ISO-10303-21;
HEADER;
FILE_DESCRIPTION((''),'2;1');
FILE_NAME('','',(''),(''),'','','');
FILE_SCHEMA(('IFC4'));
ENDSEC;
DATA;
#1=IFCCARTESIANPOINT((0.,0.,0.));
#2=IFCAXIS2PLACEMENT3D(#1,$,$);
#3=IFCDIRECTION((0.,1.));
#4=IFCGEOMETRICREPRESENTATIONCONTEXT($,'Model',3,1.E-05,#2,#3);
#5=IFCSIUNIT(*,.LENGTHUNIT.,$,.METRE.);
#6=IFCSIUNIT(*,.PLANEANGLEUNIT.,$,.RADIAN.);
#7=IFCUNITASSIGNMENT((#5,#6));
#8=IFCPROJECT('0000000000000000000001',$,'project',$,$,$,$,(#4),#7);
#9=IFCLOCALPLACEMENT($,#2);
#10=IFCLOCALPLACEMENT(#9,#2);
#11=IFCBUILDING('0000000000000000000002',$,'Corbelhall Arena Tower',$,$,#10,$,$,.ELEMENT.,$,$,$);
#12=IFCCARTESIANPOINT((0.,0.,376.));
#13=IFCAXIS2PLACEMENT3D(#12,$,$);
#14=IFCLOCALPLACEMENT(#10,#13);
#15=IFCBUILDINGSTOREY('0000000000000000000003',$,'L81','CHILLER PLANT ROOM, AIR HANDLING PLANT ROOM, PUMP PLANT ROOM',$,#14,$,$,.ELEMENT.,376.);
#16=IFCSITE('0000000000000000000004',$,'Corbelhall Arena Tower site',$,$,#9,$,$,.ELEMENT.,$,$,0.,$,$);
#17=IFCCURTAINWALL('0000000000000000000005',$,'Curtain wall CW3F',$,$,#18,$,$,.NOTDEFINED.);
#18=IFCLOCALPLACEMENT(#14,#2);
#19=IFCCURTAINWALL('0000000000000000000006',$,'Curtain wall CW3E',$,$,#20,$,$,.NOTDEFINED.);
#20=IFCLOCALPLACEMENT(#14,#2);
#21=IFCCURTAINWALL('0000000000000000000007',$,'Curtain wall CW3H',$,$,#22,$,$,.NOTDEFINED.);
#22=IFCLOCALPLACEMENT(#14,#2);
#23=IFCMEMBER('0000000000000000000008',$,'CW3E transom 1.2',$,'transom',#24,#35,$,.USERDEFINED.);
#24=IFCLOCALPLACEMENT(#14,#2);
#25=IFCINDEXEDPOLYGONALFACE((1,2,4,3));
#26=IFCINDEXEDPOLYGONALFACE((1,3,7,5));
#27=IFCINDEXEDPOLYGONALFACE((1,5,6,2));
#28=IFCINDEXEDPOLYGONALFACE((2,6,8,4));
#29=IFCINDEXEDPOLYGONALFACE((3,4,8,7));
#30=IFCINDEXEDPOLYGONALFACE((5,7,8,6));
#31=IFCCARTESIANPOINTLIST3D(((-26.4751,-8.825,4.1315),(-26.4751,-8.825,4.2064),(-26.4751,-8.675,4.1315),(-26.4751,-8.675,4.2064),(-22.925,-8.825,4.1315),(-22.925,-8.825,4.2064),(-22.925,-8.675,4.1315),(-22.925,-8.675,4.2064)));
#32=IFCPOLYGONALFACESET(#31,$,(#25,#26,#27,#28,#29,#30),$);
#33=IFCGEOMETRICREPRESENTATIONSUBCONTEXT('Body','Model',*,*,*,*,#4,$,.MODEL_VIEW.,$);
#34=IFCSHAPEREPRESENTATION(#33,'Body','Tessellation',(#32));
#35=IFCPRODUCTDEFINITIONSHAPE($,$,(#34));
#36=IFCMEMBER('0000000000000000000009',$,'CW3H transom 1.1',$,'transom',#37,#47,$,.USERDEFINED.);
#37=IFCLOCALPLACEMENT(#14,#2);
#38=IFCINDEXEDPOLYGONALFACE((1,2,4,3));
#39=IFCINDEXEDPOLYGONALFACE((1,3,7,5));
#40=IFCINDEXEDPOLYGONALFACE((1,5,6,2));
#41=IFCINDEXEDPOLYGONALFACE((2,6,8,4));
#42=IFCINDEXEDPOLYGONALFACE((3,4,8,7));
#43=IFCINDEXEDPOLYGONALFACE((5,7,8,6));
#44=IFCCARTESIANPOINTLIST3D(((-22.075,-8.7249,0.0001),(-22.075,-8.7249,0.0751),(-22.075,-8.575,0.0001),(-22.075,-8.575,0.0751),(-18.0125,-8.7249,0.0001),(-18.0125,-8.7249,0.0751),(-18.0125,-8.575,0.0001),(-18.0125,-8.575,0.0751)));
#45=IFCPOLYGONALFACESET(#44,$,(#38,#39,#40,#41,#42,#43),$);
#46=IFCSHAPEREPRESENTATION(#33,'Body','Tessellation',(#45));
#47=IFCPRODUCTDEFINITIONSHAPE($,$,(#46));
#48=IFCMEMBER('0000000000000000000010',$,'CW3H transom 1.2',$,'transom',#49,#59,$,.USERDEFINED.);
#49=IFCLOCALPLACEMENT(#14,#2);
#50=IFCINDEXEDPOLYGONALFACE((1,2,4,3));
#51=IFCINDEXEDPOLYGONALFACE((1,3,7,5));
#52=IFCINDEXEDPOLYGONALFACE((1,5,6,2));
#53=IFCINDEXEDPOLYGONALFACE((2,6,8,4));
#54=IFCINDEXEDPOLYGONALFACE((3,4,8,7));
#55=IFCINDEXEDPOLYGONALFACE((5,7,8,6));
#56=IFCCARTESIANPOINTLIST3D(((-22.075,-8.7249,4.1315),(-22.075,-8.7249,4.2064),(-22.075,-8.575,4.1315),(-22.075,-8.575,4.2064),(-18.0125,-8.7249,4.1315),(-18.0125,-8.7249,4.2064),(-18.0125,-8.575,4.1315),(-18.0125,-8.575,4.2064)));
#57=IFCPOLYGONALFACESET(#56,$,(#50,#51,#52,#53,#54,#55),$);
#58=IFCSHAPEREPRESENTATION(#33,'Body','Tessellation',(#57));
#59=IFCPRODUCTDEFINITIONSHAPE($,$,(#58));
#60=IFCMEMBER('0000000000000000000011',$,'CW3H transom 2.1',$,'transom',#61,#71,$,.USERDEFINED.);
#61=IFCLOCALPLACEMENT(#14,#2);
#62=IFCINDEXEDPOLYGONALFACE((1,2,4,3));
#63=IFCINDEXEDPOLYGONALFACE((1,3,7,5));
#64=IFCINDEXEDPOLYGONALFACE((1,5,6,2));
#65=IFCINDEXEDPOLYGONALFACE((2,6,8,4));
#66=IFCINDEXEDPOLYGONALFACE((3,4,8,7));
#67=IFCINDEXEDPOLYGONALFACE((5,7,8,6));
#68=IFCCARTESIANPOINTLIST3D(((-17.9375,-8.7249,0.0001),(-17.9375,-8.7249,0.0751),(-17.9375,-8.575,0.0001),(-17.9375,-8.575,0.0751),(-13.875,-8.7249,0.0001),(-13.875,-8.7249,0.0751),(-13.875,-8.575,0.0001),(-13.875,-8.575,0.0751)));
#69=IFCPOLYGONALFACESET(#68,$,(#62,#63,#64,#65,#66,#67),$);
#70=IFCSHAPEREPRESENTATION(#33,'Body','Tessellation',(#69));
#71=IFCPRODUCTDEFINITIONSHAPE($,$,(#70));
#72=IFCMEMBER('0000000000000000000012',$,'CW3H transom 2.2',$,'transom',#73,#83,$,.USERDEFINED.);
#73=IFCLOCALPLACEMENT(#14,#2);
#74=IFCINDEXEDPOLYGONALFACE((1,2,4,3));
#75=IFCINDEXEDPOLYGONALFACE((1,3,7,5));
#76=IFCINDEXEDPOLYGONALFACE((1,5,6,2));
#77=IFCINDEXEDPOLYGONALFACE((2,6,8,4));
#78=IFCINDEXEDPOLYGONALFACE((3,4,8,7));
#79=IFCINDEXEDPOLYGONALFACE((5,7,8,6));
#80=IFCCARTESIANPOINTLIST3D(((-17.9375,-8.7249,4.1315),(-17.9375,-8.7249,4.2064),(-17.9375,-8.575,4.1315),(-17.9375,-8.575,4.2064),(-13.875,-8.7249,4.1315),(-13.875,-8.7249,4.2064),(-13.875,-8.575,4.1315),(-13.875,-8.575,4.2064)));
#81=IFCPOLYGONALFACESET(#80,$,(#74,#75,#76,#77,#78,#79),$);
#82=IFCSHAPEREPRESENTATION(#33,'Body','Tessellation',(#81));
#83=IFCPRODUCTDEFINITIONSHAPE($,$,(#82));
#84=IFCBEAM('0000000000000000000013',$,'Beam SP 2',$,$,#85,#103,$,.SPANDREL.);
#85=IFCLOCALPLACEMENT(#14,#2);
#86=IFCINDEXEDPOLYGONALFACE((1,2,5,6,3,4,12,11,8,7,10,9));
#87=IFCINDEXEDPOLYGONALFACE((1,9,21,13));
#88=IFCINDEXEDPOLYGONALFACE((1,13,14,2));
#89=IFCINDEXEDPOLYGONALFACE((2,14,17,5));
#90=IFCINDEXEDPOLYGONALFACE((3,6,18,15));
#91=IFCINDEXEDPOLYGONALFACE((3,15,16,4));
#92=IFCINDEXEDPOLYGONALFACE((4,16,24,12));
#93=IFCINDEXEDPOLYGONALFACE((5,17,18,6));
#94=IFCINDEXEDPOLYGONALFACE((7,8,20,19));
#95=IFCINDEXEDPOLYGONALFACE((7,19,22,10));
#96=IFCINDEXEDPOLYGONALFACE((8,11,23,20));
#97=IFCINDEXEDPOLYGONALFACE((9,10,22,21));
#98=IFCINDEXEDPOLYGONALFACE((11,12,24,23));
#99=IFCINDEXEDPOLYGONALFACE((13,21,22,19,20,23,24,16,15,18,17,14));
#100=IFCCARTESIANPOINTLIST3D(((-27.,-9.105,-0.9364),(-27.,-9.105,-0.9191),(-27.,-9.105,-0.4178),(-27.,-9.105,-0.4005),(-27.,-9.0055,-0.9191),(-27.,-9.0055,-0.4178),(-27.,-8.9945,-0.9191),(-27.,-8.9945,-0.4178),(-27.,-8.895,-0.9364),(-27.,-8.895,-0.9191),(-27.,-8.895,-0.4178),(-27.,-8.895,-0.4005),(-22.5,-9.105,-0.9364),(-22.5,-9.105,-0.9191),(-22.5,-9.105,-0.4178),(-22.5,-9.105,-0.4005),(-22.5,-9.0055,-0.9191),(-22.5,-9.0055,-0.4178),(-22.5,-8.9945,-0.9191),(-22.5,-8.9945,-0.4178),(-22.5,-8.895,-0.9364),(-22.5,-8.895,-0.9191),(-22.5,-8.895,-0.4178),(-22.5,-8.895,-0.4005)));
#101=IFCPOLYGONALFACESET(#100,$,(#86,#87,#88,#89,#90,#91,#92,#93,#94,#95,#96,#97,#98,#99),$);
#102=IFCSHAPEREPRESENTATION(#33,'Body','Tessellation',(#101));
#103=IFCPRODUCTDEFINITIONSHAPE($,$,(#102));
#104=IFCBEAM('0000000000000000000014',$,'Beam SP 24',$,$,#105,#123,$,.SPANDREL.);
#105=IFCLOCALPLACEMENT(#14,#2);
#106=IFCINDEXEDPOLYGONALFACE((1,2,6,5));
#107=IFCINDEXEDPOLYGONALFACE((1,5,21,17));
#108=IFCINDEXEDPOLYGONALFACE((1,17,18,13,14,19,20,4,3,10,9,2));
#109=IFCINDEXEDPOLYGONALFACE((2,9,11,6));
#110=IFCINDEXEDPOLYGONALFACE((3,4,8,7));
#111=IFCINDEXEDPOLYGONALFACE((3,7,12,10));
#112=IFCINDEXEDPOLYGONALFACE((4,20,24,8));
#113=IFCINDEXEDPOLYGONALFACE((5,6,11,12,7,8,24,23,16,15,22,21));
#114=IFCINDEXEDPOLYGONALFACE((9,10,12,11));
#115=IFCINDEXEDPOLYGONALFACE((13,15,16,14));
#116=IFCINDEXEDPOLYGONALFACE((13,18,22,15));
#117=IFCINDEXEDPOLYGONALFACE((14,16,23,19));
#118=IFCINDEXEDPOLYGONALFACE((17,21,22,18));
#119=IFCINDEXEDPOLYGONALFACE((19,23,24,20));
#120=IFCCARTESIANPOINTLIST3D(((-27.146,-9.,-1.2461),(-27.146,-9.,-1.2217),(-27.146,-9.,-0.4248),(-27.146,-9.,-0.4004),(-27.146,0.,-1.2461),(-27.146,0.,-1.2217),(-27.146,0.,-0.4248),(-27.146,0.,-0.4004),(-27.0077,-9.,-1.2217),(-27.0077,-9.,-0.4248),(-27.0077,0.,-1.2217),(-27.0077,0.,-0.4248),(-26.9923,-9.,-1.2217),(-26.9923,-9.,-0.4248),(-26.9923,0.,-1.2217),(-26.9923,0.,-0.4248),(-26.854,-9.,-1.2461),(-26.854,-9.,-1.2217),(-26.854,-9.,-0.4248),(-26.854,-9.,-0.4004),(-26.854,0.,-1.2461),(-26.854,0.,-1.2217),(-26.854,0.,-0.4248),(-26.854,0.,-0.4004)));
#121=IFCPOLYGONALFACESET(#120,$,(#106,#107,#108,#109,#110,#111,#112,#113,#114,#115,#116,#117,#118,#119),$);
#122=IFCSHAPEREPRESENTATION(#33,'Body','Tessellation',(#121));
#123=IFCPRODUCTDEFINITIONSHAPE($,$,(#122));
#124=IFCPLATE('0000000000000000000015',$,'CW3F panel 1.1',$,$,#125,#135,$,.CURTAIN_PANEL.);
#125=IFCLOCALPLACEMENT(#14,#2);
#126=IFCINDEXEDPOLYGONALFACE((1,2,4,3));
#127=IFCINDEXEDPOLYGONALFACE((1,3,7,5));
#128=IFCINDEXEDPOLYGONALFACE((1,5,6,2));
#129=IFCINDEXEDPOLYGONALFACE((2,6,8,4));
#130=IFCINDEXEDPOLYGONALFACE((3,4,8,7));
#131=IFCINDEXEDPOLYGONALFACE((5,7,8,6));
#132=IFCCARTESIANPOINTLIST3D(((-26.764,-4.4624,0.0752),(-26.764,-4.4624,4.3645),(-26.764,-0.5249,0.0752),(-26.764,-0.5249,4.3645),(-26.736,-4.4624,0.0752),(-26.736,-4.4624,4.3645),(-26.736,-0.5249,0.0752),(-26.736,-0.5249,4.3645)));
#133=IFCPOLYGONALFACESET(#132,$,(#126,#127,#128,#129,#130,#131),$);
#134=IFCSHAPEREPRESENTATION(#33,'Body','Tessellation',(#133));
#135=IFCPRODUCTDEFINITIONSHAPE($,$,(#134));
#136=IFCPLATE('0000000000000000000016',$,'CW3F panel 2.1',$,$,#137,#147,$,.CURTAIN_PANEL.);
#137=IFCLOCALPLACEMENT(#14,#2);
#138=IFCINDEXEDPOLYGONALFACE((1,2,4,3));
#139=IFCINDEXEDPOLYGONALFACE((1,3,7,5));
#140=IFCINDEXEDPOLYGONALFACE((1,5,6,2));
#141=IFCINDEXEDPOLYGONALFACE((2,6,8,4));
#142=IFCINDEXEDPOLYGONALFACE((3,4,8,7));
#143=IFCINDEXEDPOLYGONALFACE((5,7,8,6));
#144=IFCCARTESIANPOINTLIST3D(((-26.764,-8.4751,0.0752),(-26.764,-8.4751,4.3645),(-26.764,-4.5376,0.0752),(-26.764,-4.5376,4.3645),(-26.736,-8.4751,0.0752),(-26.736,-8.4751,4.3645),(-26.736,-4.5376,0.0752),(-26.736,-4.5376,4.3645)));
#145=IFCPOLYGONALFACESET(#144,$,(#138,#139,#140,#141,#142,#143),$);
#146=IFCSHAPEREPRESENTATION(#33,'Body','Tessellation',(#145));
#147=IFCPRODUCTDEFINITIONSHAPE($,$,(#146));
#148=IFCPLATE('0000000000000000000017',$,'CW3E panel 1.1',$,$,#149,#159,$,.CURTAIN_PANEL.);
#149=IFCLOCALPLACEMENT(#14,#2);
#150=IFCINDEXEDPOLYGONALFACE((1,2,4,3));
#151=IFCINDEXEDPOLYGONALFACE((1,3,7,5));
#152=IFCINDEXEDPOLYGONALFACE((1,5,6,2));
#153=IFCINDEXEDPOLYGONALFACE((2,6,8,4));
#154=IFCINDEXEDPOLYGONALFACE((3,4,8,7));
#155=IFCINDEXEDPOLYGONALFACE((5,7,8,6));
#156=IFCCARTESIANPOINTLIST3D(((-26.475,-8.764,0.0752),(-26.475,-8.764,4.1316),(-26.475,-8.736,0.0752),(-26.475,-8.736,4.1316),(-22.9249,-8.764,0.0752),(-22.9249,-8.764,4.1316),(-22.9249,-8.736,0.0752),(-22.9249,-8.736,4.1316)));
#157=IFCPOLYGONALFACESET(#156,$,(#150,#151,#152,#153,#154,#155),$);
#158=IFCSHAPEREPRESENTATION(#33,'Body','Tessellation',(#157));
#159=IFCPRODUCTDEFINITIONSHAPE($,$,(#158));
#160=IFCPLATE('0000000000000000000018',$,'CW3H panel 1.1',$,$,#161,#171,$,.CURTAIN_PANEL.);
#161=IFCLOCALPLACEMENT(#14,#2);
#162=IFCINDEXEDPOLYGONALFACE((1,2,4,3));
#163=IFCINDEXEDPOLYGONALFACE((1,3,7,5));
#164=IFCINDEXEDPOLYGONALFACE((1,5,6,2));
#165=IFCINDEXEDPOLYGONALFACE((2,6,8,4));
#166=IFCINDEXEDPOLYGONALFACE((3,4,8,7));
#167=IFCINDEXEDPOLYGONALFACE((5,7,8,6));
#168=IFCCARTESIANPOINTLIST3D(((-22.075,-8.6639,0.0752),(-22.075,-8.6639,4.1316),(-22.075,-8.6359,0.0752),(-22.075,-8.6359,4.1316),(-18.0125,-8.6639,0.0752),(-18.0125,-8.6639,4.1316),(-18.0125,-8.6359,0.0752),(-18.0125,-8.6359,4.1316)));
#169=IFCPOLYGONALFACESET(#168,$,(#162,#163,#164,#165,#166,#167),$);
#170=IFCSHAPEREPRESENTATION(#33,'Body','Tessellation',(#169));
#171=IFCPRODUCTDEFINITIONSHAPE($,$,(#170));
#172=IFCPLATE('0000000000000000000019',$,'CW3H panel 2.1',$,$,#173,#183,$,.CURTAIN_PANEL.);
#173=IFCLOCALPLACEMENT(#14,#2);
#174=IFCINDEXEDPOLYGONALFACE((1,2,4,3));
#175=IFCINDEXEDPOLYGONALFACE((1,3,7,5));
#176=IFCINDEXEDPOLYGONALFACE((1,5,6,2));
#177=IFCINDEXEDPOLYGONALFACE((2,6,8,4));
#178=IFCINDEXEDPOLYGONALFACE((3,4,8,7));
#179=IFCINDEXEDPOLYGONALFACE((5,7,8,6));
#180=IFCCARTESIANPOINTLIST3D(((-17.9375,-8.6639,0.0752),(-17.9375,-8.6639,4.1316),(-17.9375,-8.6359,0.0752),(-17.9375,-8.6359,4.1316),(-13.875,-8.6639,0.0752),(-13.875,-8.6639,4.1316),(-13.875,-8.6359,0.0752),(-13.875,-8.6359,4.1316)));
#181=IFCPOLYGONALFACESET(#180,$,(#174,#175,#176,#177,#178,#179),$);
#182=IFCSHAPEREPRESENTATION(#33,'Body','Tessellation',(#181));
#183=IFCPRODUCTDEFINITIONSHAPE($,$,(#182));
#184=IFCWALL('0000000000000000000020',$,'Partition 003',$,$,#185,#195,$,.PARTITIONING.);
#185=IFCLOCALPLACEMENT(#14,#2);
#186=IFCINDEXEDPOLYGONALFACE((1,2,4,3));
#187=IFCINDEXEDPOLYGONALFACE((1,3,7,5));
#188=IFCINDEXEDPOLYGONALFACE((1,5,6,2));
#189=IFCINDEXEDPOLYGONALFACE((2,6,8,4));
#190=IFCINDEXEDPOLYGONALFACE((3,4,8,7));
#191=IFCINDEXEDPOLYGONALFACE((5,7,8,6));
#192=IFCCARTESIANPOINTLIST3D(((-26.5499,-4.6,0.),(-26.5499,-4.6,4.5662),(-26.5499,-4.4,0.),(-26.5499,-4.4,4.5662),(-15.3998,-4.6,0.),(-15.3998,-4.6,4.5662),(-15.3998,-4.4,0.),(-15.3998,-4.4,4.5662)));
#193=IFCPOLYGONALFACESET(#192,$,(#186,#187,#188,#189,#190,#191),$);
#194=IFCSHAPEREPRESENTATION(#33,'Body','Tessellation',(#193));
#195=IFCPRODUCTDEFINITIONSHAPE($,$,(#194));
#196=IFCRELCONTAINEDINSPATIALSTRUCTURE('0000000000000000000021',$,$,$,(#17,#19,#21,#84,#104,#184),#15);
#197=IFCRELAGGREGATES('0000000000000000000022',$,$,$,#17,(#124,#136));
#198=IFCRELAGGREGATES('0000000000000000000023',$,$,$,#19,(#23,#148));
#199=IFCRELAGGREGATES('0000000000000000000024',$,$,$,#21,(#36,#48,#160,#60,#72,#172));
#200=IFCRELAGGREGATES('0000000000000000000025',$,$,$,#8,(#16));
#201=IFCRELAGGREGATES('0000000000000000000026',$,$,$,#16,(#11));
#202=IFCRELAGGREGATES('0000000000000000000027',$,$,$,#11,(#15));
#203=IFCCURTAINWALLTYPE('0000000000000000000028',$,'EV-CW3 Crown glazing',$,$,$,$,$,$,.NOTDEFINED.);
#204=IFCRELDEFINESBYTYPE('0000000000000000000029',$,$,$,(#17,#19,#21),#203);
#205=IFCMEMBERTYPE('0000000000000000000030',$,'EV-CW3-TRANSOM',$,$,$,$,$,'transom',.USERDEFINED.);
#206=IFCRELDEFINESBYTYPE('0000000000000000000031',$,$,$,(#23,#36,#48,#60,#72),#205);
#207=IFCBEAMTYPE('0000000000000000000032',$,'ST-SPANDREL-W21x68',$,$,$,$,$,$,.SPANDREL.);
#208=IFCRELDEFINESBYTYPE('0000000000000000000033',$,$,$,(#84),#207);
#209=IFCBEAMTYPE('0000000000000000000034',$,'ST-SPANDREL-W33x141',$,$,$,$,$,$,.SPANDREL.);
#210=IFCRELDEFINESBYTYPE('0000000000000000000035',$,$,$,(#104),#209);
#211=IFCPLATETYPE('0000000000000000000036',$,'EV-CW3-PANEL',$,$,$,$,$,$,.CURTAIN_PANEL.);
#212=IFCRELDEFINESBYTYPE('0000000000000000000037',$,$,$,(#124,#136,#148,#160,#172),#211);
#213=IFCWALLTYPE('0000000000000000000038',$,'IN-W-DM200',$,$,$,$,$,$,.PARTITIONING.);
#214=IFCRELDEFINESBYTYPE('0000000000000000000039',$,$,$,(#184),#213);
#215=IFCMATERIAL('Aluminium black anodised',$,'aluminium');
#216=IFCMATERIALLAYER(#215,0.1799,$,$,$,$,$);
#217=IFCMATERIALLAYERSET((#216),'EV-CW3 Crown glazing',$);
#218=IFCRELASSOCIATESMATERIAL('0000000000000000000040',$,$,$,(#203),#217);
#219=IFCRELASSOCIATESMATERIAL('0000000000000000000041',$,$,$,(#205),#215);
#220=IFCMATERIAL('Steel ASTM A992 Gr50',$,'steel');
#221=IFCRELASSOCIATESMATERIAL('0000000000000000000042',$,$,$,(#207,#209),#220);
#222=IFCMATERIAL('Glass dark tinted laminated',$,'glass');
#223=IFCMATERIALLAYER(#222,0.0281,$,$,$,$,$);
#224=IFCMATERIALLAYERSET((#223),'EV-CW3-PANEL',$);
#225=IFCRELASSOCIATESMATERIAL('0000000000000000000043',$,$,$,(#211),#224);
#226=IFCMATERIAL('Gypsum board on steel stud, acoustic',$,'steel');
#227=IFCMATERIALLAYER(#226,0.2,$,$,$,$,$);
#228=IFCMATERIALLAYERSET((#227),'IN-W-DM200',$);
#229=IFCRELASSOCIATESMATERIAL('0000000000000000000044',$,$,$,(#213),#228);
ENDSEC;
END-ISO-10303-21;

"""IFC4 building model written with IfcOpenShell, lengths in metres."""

from ifc_helpers import new_model, si_unit, direction, frame, frame_2d, origin, origin_2d, place, context, subcontext, project, spatial, rectangle, i_section, extrude, material, layer, layer_set, material_profile, profile_set, type_object, element, aggregate, save


model = new_model("IFC4")

# Units and contexts
model_context = context("Model", 3, precision=1e-05, world=origin(), true_north=direction((0.0, 1.0)))
body_context = subcontext(model_context, "Body", "Model", "MODEL_VIEW")
ifc_project = project(units=[si_unit("LENGTHUNIT", "METRE"), si_unit("PLANEANGLEUNIT", "RADIAN")], contexts=[model_context])

# Site, building, storey
site_placement = place(None, origin())
site = spatial("IfcSite", under=ifc_project, at=site_placement, Name="Corbelhall Arena Tower site", CompositionType="ELEMENT", RefElevation=0.0)
building_placement = place(site_placement, origin())
building = spatial("IfcBuilding", under=site, at=building_placement, Name="Corbelhall Arena Tower", CompositionType="ELEMENT")
storey_placement = place(building_placement, frame((0.0, 0.0, 376.0)))
storey = spatial("IfcBuildingStorey", under=building, at=storey_placement, Name="L81", Description="CHILLER PLANT ROOM, AIR HANDLING PLANT ROOM, PUMP PLANT ROOM", CompositionType="ELEMENT", Elevation=376.0)

# Curtain walls
ifc_material_1 = material(Name="Aluminium black anodised", Category="aluminium")
ifc_layer_1 = layer(ifc_material_1, 0.1799)
ifc_layer_set_1 = layer_set([ifc_layer_1], Name="EV-CW3 Crown glazing")
curtain_wall_type = type_object("IfcCurtainWallType", Name="EV-CW3 Crown glazing", PredefinedType="NOTDEFINED", material=ifc_layer_set_1)
curtain_wall_1_placement = place(storey_placement, origin())
curtain_wall_1 = element("IfcCurtainWall", 1, at=curtain_wall_1_placement, inside=storey, type_object=curtain_wall_type, Name="Curtain wall CW3F", PredefinedType="NOTDEFINED")
curtain_wall_2_placement = place(storey_placement, origin())
curtain_wall_2 = element("IfcCurtainWall", 2, at=curtain_wall_2_placement, inside=storey, type_object=curtain_wall_type, Name="Curtain wall CW3E", PredefinedType="NOTDEFINED")
curtain_wall_3_placement = place(storey_placement, origin())
curtain_wall_3 = element("IfcCurtainWall", 3, at=curtain_wall_3_placement, inside=storey, type_object=curtain_wall_type, Name="Curtain wall CW3H", PredefinedType="NOTDEFINED")

# Members
ifc_material_profile_1 = material_profile(ifc_material_1, rectangle(XDim=0.1499, YDim=0.075, at=origin_2d()))
ifc_profile_set_1 = profile_set([ifc_material_profile_1], Name="Aluminium black anodised")
member_type_1 = type_object("IfcMemberType", Name="EV-CW3-TRANSOM", ElementType="transom", PredefinedType="USERDEFINED", material=ifc_profile_set_1)
member_1_placement = place(storey_placement, frame((-26.4751, -8.75, 4.1689), z_axis=(1.0, 0.0, 0.0), x_axis=(0.0, 1.0, 0.0)))
member_1 = element("IfcMember", 4, at=member_1_placement, type_object=member_type_1, Name="CW3E transom 1.2", ObjectType="transom", PredefinedType="USERDEFINED", context=body_context, shape_type="SweptSolid", body=[
    extrude(rectangle(XDim=0.1499, YDim=0.075, at=origin_2d()), origin(), (0.0, 0.0, 1.0), 3.55),
])
member_2_placement = place(storey_placement, frame((-22.075, -8.6499, 0.0376), z_axis=(1.0, 0.0, 0.0), x_axis=(0.0, 1.0, 0.0)))
member_2 = element("IfcMember", 5, at=member_2_placement, type_object=member_type_1, Name="CW3H transom 1.1", ObjectType="transom", PredefinedType="USERDEFINED", context=body_context, shape_type="SweptSolid", body=[
    extrude(rectangle(XDim=0.1499, YDim=0.075, at=origin_2d()), origin(), (0.0, 0.0, 1.0), 4.0625),
])
member_3_placement = place(storey_placement, frame((-22.075, -8.6499, 4.1689), z_axis=(1.0, 0.0, 0.0), x_axis=(0.0, 1.0, 0.0)))
member_3 = element("IfcMember", 6, at=member_3_placement, type_object=member_type_1, Name="CW3H transom 1.2", ObjectType="transom", PredefinedType="USERDEFINED", context=body_context, shape_type="SweptSolid", body=[
    extrude(rectangle(XDim=0.1499, YDim=0.075, at=origin_2d()), origin(), (0.0, 0.0, 1.0), 4.0625),
])
member_4_placement = place(storey_placement, frame((-17.9375, -8.6499, 0.0376), z_axis=(1.0, 0.0, 0.0), x_axis=(0.0, 1.0, 0.0)))
member_4 = element("IfcMember", 7, at=member_4_placement, type_object=member_type_1, Name="CW3H transom 2.1", ObjectType="transom", PredefinedType="USERDEFINED", context=body_context, shape_type="SweptSolid", body=[
    extrude(rectangle(XDim=0.1499, YDim=0.075, at=origin_2d()), origin(), (0.0, 0.0, 1.0), 4.0625),
])
member_5_placement = place(storey_placement, frame((-17.9375, -8.6499, 4.1689), z_axis=(1.0, 0.0, 0.0), x_axis=(0.0, 1.0, 0.0)))
member_5 = element("IfcMember", 8, at=member_5_placement, type_object=member_type_1, Name="CW3H transom 2.2", ObjectType="transom", PredefinedType="USERDEFINED", context=body_context, shape_type="SweptSolid", body=[
    extrude(rectangle(XDim=0.1499, YDim=0.075, at=origin_2d()), origin(), (0.0, 0.0, 1.0), 4.0625),
])

# Beams
ifc_material_2 = material(Name="Steel ASTM A992 Gr50", Category="steel")
ifc_material_profile_2 = material_profile(ifc_material_2, i_section(OverallWidth=0.21, OverallDepth=0.5359, WebThickness=0.011, FlangeThickness=0.0173, at=origin_2d()))
ifc_profile_set_2 = profile_set([ifc_material_profile_2], Name="Steel ASTM A992 Gr50")
beam_type_1 = type_object("IfcBeamType", Name="ST-SPANDREL-W21x68", PredefinedType="SPANDREL", material=ifc_profile_set_2)
beam_1_placement = place(storey_placement, frame((-22.5, -9.0, -0.6685), z_axis=(-1.0, 0.0, 0.0), x_axis=(0.0, -1.0, 0.0)))
element("IfcBeam", 9, at=beam_1_placement, inside=storey, type_object=beam_type_1, Name="Beam SP 2", PredefinedType="SPANDREL", context=body_context, shape_type="SweptSolid", body=[
    extrude(i_section(OverallWidth=0.21, OverallDepth=0.5359, WebThickness=0.011, FlangeThickness=0.0173, at=origin_2d()), origin(), (0.0, 0.0, 1.0), 4.5),
])
ifc_material_profile_3 = material_profile(ifc_material_2, i_section(OverallWidth=0.292, OverallDepth=0.8457, WebThickness=0.0154, FlangeThickness=0.0244, at=origin_2d()))
ifc_profile_set_3 = profile_set([ifc_material_profile_3], Name="Steel ASTM A992 Gr50")
beam_type_2 = type_object("IfcBeamType", Name="ST-SPANDREL-W33x141", PredefinedType="SPANDREL", material=ifc_profile_set_3)
beam_2_placement = place(storey_placement, frame((-27.0, -9.0, -0.8232), z_axis=(0.0, 1.0, 0.0), x_axis=(-1.0, 0.0, 0.0)))
element("IfcBeam", 10, at=beam_2_placement, inside=storey, type_object=beam_type_2, Name="Beam SP 24", PredefinedType="SPANDREL", context=body_context, shape_type="SweptSolid", body=[
    extrude(i_section(OverallWidth=0.292, OverallDepth=0.8457, WebThickness=0.0154, FlangeThickness=0.0244, at=origin_2d()), origin(), (0.0, 0.0, 1.0), 9.0),
])

# Plates
ifc_material_3 = material(Name="Glass dark tinted laminated", Category="glass")
ifc_layer_2 = layer(ifc_material_3, 0.0281)
ifc_layer_set_2 = layer_set([ifc_layer_2], Name="EV-CW3-PANEL")
plate_type = type_object("IfcPlateType", Name="EV-CW3-PANEL", PredefinedType="CURTAIN_PANEL", material=ifc_layer_set_2)
plate_1_placement = place(storey_placement, frame((-26.75, -2.4937, 0.0752), z_axis=(0.0, 0.0, 1.0), x_axis=(0.0, -1.0, 0.0)))
plate_1 = element("IfcPlate", 11, at=plate_1_placement, type_object=plate_type, Name="CW3F panel 1.1", PredefinedType="CURTAIN_PANEL", context=body_context, shape_type="SweptSolid", body=[
    extrude(rectangle(XDim=3.9375, YDim=0.0281, at=origin_2d()), origin(), (0.0, 0.0, 1.0), 4.2893),
])
plate_2_placement = place(storey_placement, frame((-26.75, -6.5063, 0.0752), z_axis=(0.0, 0.0, 1.0), x_axis=(0.0, -1.0, 0.0)))
plate_2 = element("IfcPlate", 12, at=plate_2_placement, type_object=plate_type, Name="CW3F panel 2.1", PredefinedType="CURTAIN_PANEL", context=body_context, shape_type="SweptSolid", body=[
    extrude(rectangle(XDim=3.9375, YDim=0.0281, at=origin_2d()), origin(), (0.0, 0.0, 1.0), 4.2893),
])
aggregate(curtain_wall_1, [plate_1, plate_2])
plate_3_placement = place(storey_placement, frame((-24.7, -8.75, 0.0752), z_axis=(0.0, 0.0, 1.0), x_axis=(1.0, 0.0, 0.0)))
plate_3 = element("IfcPlate", 13, at=plate_3_placement, type_object=plate_type, Name="CW3E panel 1.1", PredefinedType="CURTAIN_PANEL", context=body_context, shape_type="SweptSolid", body=[
    extrude(rectangle(XDim=3.55, YDim=0.0281, at=origin_2d()), origin(), (0.0, 0.0, 1.0), 4.0564),
])
aggregate(curtain_wall_2, [member_1, plate_3])
plate_4_placement = place(storey_placement, frame((-20.0437, -8.6499, 0.0752), z_axis=(0.0, 0.0, 1.0), x_axis=(1.0, 0.0, 0.0)))
plate_4 = element("IfcPlate", 14, at=plate_4_placement, type_object=plate_type, Name="CW3H panel 1.1", PredefinedType="CURTAIN_PANEL", context=body_context, shape_type="SweptSolid", body=[
    extrude(rectangle(XDim=4.0625, YDim=0.0281, at=origin_2d()), origin(), (0.0, 0.0, 1.0), 4.0564),
])
plate_5_placement = place(storey_placement, frame((-15.9062, -8.6499, 0.0752), z_axis=(0.0, 0.0, 1.0), x_axis=(1.0, 0.0, 0.0)))
plate_5 = element("IfcPlate", 15, at=plate_5_placement, type_object=plate_type, Name="CW3H panel 2.1", PredefinedType="CURTAIN_PANEL", context=body_context, shape_type="SweptSolid", body=[
    extrude(rectangle(XDim=4.0625, YDim=0.0281, at=origin_2d()), origin(), (0.0, 0.0, 1.0), 4.0564),
])
aggregate(curtain_wall_3, [member_2, member_3, plate_4, member_4, member_5, plate_5])

# Wall
ifc_material_4 = material(Name="Gypsum board on steel stud, acoustic", Category="steel")
ifc_layer_3 = layer(ifc_material_4, 0.2)
ifc_layer_set_3 = layer_set([ifc_layer_3], Name="IN-W-DM200")
wall_type = type_object("IfcWallType", Name="IN-W-DM200", PredefinedType="PARTITIONING", material=ifc_layer_set_3)
wall_placement = place(storey_placement, frame((-26.55, -4.5, 0.0), z_axis=(0.0, 0.0, 1.0), x_axis=(1.0, 0.0, 0.0)))
element("IfcWall", 16, at=wall_placement, inside=storey, type_object=wall_type, Name="Partition 003", PredefinedType="PARTITIONING", context=body_context, shape_type="SweptSolid", body=[
    extrude(rectangle(XDim=11.1501, YDim=0.2, at=frame_2d((5.5752, 0.0))), origin(), (0.0, 0.0, 1.0), 4.5662),
])

save(model, "model.ifc")
